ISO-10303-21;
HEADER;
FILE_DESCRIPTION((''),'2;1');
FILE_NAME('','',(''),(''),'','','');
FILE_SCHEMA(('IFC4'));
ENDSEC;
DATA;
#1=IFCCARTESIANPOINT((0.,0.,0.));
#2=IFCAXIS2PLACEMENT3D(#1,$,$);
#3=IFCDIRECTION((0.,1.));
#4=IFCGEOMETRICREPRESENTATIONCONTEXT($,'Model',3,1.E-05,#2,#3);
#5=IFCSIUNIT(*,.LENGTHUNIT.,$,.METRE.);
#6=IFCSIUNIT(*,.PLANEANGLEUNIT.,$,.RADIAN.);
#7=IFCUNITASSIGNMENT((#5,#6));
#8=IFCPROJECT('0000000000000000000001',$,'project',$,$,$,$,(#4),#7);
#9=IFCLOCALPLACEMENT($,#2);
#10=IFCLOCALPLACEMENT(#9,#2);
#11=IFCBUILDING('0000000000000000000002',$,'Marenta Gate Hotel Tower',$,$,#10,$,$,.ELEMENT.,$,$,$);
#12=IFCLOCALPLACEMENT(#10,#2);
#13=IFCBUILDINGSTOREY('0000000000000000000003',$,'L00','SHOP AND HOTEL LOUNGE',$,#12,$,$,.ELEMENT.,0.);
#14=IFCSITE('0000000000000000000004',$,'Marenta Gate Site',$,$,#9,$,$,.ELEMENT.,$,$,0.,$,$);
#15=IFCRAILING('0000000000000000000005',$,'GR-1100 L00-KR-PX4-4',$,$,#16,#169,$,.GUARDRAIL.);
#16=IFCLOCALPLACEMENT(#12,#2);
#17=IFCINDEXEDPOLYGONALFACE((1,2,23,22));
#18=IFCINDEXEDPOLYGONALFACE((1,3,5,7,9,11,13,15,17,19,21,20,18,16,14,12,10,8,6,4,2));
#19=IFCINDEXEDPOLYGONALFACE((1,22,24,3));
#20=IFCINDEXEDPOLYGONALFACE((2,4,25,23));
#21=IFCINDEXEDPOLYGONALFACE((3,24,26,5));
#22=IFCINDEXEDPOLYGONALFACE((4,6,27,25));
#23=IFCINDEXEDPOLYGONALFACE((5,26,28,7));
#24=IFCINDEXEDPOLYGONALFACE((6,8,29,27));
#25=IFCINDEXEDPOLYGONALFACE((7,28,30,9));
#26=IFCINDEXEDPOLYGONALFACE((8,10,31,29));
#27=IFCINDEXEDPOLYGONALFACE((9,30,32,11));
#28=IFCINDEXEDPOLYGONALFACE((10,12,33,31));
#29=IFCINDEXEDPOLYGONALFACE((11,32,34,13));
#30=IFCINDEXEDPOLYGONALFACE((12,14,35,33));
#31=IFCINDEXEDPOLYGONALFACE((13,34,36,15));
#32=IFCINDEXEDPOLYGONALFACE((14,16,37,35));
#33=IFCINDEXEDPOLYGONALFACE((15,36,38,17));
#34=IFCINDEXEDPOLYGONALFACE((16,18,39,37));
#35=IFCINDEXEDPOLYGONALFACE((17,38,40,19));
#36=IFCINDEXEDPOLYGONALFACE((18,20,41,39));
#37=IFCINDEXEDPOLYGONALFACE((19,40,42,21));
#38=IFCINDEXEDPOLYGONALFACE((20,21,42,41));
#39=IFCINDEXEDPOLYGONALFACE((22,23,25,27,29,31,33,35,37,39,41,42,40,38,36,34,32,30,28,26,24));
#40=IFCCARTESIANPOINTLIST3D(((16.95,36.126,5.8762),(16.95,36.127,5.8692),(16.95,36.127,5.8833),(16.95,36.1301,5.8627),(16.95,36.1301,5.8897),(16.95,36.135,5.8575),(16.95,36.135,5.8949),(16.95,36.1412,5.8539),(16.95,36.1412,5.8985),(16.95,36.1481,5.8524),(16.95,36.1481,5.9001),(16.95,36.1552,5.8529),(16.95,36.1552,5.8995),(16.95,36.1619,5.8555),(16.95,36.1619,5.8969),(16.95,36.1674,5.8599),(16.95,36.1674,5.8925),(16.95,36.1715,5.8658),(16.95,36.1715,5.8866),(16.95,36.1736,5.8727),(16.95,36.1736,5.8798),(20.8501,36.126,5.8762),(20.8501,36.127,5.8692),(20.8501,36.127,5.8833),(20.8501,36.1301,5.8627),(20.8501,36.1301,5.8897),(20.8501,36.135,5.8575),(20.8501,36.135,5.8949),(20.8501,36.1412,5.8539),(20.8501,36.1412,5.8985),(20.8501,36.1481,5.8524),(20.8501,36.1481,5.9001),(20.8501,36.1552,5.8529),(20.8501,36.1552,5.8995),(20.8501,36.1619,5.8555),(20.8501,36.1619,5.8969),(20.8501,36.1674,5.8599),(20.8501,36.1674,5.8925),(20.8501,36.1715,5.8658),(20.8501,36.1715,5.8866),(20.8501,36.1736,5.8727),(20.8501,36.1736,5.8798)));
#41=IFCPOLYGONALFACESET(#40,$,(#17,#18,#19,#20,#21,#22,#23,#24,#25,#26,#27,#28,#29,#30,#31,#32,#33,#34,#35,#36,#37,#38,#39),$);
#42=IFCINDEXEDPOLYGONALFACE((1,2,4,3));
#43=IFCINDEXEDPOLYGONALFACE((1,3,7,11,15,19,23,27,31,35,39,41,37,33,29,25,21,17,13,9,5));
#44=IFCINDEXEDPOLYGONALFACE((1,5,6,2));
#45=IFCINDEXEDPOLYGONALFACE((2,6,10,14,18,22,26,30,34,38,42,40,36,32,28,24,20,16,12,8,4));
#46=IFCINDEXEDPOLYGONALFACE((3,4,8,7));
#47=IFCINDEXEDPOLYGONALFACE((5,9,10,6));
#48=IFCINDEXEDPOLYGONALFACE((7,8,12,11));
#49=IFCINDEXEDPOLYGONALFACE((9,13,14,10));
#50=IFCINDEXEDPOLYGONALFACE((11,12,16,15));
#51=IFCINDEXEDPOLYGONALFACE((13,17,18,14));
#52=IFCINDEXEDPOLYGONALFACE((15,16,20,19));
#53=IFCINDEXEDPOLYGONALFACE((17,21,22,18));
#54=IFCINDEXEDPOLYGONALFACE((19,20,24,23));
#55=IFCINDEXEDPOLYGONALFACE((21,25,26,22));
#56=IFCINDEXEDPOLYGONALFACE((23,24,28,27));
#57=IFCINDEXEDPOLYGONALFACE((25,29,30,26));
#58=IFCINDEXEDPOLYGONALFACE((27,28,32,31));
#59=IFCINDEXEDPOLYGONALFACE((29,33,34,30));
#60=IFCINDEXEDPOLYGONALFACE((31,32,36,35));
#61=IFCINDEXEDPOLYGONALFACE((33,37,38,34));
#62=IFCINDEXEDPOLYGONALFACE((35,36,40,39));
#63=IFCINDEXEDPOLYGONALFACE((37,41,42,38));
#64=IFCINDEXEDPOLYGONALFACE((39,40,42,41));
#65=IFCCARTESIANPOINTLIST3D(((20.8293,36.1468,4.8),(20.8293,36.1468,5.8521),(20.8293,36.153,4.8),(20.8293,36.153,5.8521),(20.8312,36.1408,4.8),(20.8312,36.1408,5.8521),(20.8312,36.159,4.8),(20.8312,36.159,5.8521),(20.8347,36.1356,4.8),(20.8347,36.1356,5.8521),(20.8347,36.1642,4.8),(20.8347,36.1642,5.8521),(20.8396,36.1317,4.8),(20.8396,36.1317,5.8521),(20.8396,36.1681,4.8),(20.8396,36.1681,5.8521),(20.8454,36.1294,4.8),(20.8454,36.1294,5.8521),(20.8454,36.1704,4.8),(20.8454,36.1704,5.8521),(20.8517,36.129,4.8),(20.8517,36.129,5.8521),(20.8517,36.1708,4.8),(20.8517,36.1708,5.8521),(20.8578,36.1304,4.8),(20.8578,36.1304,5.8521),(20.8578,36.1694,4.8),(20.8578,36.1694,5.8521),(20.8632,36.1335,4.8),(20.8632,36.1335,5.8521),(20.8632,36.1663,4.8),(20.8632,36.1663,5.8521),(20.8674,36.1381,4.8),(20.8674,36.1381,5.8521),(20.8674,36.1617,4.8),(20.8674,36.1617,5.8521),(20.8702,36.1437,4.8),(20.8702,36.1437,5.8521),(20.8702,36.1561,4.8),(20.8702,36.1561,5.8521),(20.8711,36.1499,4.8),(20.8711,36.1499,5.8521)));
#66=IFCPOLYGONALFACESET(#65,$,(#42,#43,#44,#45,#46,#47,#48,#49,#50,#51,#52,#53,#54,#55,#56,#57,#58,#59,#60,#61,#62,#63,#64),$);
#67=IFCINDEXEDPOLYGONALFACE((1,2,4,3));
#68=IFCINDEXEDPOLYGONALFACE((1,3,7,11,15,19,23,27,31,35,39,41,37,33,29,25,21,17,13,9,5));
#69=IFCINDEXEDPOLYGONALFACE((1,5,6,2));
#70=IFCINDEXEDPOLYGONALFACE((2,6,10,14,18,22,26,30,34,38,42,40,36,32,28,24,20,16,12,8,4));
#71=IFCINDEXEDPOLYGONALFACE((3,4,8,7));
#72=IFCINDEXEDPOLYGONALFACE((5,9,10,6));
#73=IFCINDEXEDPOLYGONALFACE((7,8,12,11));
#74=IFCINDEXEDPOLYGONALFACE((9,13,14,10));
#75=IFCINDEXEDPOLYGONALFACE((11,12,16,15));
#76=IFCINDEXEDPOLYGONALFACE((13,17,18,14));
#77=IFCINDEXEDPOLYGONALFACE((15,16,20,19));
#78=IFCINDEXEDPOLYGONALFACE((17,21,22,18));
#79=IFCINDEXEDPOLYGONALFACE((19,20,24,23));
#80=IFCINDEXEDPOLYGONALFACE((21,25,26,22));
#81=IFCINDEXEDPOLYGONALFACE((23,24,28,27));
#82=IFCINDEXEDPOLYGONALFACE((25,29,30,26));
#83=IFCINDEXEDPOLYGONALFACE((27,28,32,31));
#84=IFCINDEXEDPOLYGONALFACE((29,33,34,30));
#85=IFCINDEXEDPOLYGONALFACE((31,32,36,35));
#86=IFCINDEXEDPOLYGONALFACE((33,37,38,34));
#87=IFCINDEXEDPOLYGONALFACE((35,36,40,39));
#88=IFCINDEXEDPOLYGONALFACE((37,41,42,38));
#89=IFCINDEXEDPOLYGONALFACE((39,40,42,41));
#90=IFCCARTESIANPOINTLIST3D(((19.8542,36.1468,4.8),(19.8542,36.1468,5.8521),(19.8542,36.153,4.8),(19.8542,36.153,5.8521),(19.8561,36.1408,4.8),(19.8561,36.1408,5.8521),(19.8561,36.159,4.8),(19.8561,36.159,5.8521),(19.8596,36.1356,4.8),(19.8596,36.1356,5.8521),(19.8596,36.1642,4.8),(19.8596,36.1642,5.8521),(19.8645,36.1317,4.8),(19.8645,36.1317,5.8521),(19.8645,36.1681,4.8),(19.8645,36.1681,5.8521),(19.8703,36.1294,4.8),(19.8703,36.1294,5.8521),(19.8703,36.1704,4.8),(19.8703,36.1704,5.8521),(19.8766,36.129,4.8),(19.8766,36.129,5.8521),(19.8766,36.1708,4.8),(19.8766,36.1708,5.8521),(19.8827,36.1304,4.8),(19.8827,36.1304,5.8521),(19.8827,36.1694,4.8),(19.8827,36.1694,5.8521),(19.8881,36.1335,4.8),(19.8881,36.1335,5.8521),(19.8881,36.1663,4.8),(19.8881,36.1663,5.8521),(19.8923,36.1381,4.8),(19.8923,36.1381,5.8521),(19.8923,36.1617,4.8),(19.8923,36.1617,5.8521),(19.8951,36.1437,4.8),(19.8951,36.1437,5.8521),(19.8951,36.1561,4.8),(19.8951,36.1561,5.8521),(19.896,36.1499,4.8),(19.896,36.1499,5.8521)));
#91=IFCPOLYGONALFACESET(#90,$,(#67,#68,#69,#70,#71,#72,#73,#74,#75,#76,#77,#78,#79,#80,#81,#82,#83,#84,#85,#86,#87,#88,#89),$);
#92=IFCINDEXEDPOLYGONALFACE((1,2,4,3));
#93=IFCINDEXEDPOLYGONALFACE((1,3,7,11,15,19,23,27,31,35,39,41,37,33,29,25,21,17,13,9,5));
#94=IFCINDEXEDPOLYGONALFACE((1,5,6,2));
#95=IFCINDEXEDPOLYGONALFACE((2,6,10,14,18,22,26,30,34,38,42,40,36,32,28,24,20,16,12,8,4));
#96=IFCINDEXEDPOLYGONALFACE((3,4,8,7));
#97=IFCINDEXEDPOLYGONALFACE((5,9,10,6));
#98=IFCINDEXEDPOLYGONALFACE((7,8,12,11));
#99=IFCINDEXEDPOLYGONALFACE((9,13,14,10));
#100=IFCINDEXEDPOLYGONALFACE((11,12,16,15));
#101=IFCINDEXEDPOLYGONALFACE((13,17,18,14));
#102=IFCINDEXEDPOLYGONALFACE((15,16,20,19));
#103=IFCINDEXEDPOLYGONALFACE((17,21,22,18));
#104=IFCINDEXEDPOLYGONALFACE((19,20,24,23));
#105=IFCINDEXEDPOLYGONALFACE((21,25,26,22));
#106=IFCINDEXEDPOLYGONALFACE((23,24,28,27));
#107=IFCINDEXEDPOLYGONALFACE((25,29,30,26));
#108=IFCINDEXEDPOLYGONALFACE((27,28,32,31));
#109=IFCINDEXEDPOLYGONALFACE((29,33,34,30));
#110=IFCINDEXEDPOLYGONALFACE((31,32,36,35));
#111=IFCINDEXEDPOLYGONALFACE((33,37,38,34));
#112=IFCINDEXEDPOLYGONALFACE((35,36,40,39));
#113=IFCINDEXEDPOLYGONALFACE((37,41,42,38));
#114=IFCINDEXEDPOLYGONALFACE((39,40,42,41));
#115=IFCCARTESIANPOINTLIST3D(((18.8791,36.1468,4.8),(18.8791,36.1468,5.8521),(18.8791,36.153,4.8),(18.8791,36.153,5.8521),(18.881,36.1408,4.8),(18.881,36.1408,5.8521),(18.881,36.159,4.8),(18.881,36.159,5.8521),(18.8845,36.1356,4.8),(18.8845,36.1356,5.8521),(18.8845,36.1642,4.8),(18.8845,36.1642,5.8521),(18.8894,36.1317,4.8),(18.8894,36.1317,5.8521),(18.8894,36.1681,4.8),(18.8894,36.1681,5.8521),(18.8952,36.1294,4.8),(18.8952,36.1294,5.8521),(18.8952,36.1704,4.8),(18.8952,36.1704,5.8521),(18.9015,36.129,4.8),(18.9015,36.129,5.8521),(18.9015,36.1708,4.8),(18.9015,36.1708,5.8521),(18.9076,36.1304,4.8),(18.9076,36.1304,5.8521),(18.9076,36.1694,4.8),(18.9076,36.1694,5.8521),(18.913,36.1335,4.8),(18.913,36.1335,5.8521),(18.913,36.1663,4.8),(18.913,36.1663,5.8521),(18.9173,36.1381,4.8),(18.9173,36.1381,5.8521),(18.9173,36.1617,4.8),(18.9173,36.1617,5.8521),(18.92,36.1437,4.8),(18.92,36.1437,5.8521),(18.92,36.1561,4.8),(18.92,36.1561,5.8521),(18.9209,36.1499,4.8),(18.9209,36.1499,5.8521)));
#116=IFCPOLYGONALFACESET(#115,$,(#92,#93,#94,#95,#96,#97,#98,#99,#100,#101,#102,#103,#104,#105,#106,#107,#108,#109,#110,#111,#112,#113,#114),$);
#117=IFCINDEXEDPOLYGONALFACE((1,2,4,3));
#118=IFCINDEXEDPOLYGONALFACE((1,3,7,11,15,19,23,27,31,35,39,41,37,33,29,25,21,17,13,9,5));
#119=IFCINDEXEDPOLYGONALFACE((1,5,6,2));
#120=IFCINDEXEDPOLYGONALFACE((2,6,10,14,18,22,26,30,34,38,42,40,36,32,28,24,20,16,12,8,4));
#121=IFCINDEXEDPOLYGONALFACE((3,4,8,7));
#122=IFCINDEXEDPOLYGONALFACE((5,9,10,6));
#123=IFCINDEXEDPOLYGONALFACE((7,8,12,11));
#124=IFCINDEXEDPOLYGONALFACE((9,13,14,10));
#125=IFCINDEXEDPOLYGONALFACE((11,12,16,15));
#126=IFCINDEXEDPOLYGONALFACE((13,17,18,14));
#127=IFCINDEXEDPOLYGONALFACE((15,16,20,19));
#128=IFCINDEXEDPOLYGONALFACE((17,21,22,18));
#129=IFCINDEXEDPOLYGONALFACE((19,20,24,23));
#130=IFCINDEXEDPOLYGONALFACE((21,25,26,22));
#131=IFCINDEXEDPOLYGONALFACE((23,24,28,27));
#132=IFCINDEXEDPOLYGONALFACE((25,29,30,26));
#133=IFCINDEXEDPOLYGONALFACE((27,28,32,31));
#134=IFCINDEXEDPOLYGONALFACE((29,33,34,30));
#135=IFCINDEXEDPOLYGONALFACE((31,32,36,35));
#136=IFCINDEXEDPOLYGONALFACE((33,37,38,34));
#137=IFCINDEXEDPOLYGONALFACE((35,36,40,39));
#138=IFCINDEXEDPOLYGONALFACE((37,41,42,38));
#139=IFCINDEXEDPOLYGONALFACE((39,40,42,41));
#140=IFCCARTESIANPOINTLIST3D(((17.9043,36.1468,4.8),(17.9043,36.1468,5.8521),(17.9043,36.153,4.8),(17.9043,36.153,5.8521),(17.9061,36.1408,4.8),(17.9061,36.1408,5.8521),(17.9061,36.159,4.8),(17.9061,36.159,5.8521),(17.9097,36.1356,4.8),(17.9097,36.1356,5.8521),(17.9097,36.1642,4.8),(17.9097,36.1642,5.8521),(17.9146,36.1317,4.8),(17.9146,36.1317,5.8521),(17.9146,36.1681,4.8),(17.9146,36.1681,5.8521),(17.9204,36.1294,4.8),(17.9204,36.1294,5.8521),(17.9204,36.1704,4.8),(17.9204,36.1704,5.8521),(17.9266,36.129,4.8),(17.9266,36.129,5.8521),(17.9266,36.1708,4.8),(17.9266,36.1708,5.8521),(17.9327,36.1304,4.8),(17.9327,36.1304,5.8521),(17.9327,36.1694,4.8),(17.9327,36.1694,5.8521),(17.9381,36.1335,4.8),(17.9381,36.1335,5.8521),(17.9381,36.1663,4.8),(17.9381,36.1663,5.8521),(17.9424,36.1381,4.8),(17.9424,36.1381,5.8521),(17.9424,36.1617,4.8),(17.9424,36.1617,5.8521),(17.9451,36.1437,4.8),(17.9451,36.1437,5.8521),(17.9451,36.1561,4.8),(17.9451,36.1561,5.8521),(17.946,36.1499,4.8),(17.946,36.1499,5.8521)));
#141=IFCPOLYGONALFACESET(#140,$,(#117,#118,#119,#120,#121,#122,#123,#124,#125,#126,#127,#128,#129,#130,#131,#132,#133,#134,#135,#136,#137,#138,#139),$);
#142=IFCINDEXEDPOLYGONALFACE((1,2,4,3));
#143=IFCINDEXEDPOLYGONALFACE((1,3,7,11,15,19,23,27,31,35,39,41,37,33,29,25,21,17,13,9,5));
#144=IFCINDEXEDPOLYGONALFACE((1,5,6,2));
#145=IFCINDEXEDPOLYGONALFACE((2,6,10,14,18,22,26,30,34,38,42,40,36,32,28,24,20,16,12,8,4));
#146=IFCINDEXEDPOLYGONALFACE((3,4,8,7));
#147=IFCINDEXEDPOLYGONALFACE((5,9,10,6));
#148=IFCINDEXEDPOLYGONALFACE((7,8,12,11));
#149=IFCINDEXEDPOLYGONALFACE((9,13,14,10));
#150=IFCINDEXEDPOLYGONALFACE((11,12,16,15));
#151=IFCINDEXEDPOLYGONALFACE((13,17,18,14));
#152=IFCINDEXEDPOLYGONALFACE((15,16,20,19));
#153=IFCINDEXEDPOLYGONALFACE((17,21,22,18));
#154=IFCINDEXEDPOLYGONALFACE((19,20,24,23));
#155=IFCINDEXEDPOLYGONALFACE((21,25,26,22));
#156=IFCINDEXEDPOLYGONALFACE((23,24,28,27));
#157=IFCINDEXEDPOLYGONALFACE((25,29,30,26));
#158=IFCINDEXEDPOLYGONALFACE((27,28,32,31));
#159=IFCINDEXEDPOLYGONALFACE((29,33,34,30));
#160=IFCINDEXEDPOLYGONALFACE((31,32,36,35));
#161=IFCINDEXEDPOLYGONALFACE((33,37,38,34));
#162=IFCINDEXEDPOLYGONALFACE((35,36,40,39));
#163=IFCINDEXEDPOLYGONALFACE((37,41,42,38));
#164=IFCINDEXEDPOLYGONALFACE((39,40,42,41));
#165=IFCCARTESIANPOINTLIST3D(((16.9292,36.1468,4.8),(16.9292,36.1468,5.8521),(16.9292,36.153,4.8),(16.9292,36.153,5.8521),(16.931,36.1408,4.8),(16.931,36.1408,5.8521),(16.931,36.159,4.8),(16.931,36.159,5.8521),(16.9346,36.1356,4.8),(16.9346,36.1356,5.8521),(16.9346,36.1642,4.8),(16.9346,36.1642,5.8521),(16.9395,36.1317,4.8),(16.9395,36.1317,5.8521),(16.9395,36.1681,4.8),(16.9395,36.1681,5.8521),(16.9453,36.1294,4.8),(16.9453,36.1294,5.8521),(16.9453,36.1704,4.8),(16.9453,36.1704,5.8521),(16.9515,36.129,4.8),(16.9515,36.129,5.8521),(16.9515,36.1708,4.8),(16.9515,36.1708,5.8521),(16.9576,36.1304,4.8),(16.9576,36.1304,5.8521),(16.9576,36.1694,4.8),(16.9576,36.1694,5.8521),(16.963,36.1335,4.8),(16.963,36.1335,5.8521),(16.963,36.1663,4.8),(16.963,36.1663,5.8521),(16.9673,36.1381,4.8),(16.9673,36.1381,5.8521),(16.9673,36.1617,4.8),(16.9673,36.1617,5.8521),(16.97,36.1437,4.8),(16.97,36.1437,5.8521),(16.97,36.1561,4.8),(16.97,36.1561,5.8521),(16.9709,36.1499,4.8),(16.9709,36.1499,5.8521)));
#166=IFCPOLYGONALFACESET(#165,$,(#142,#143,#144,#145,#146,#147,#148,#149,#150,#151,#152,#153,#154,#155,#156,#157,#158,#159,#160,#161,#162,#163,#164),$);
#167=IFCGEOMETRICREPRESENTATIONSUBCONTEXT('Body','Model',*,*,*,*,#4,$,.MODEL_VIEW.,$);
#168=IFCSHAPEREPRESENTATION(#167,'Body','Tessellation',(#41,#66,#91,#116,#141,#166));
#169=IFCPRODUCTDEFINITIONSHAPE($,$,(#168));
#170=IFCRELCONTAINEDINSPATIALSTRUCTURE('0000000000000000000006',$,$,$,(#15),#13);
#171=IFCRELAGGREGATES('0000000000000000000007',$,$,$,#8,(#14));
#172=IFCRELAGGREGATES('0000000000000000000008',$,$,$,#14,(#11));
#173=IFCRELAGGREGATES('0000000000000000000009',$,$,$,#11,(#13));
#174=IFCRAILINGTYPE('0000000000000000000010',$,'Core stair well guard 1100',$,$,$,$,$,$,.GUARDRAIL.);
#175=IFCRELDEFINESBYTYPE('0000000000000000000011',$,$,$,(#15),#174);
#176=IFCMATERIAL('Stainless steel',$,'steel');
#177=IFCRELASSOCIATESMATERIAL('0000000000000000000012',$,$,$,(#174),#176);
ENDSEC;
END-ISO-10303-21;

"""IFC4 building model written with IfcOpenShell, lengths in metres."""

from ifc_helpers import new_model, si_unit, direction, frame, origin, origin_2d, place, context, subcontext, project, spatial, circle, extrude, material, type_object, element, save


model = new_model("IFC4")

# Units and contexts
model_context = context("Model", 3, precision=1e-05, world=origin(), true_north=direction((0.0, 1.0)))
body_context = subcontext(model_context, "Body", "Model", "MODEL_VIEW")
ifc_project = project(units=[si_unit("LENGTHUNIT", "METRE"), si_unit("PLANEANGLEUNIT", "RADIAN")], contexts=[model_context])

# Site, building, storey
site_placement = place(None, origin())
site = spatial("IfcSite", under=ifc_project, at=site_placement, Name="Marenta Gate Site", CompositionType="ELEMENT", RefElevation=0.0)
building_placement = place(site_placement, origin())
building = spatial("IfcBuilding", under=site, at=building_placement, Name="Marenta Gate Hotel Tower", CompositionType="ELEMENT")
storey_placement = place(building_placement, origin())
storey = spatial("IfcBuildingStorey", under=building, at=storey_placement, Name="L00", Description="SHOP AND HOTEL LOUNGE", CompositionType="ELEMENT", Elevation=0.0)

# Railing
ifc_material_1 = material(Name="Stainless steel", Category="steel")
railing_type_1 = type_object("IfcRailingType", Name="Core stair well guard 1100", PredefinedType="GUARDRAIL", material=ifc_material_1)
for number, where, name in (
    (1, (20.8501, 36.1499, 4.8), "GR-1100 L00-KR-PX4-4"),
):
    element("IfcRailing", number, at=place(storey_placement, frame(where)), inside=storey, type_object=railing_type_1, Name=name, PredefinedType="GUARDRAIL", context=body_context, shape_type="SweptSolid", body=[
        extrude(circle(Radius=0.0239, at=origin_2d()), frame((0.0, 0.0, 1.0762), z_axis=(-1.0, 0.0, 0.0), x_axis=(0.0, -1.0, 0.0)), (0.0, 0.0, 1.0), 3.9001),
        extrude(circle(Radius=0.021, at=origin_2d()), origin(), (0.0, 0.0, 1.0), 1.052),
        extrude(circle(Radius=0.021, at=origin_2d()), frame((-0.9751, 0.0, 0.0)), (0.0, 0.0, 1.0), 1.052),
        extrude(circle(Radius=0.021, at=origin_2d()), frame((-1.9502, 0.0, 0.0)), (0.0, 0.0, 1.0), 1.052),
        extrude(circle(Radius=0.021, at=origin_2d()), frame((-2.925, 0.0, 0.0)), (0.0, 0.0, 1.0), 1.052),
        extrude(circle(Radius=0.021, at=origin_2d()), frame((-3.9001, 0.0, 0.0)), (0.0, 0.0, 1.0), 1.052),
    ])

save(model, "model.ifc")
